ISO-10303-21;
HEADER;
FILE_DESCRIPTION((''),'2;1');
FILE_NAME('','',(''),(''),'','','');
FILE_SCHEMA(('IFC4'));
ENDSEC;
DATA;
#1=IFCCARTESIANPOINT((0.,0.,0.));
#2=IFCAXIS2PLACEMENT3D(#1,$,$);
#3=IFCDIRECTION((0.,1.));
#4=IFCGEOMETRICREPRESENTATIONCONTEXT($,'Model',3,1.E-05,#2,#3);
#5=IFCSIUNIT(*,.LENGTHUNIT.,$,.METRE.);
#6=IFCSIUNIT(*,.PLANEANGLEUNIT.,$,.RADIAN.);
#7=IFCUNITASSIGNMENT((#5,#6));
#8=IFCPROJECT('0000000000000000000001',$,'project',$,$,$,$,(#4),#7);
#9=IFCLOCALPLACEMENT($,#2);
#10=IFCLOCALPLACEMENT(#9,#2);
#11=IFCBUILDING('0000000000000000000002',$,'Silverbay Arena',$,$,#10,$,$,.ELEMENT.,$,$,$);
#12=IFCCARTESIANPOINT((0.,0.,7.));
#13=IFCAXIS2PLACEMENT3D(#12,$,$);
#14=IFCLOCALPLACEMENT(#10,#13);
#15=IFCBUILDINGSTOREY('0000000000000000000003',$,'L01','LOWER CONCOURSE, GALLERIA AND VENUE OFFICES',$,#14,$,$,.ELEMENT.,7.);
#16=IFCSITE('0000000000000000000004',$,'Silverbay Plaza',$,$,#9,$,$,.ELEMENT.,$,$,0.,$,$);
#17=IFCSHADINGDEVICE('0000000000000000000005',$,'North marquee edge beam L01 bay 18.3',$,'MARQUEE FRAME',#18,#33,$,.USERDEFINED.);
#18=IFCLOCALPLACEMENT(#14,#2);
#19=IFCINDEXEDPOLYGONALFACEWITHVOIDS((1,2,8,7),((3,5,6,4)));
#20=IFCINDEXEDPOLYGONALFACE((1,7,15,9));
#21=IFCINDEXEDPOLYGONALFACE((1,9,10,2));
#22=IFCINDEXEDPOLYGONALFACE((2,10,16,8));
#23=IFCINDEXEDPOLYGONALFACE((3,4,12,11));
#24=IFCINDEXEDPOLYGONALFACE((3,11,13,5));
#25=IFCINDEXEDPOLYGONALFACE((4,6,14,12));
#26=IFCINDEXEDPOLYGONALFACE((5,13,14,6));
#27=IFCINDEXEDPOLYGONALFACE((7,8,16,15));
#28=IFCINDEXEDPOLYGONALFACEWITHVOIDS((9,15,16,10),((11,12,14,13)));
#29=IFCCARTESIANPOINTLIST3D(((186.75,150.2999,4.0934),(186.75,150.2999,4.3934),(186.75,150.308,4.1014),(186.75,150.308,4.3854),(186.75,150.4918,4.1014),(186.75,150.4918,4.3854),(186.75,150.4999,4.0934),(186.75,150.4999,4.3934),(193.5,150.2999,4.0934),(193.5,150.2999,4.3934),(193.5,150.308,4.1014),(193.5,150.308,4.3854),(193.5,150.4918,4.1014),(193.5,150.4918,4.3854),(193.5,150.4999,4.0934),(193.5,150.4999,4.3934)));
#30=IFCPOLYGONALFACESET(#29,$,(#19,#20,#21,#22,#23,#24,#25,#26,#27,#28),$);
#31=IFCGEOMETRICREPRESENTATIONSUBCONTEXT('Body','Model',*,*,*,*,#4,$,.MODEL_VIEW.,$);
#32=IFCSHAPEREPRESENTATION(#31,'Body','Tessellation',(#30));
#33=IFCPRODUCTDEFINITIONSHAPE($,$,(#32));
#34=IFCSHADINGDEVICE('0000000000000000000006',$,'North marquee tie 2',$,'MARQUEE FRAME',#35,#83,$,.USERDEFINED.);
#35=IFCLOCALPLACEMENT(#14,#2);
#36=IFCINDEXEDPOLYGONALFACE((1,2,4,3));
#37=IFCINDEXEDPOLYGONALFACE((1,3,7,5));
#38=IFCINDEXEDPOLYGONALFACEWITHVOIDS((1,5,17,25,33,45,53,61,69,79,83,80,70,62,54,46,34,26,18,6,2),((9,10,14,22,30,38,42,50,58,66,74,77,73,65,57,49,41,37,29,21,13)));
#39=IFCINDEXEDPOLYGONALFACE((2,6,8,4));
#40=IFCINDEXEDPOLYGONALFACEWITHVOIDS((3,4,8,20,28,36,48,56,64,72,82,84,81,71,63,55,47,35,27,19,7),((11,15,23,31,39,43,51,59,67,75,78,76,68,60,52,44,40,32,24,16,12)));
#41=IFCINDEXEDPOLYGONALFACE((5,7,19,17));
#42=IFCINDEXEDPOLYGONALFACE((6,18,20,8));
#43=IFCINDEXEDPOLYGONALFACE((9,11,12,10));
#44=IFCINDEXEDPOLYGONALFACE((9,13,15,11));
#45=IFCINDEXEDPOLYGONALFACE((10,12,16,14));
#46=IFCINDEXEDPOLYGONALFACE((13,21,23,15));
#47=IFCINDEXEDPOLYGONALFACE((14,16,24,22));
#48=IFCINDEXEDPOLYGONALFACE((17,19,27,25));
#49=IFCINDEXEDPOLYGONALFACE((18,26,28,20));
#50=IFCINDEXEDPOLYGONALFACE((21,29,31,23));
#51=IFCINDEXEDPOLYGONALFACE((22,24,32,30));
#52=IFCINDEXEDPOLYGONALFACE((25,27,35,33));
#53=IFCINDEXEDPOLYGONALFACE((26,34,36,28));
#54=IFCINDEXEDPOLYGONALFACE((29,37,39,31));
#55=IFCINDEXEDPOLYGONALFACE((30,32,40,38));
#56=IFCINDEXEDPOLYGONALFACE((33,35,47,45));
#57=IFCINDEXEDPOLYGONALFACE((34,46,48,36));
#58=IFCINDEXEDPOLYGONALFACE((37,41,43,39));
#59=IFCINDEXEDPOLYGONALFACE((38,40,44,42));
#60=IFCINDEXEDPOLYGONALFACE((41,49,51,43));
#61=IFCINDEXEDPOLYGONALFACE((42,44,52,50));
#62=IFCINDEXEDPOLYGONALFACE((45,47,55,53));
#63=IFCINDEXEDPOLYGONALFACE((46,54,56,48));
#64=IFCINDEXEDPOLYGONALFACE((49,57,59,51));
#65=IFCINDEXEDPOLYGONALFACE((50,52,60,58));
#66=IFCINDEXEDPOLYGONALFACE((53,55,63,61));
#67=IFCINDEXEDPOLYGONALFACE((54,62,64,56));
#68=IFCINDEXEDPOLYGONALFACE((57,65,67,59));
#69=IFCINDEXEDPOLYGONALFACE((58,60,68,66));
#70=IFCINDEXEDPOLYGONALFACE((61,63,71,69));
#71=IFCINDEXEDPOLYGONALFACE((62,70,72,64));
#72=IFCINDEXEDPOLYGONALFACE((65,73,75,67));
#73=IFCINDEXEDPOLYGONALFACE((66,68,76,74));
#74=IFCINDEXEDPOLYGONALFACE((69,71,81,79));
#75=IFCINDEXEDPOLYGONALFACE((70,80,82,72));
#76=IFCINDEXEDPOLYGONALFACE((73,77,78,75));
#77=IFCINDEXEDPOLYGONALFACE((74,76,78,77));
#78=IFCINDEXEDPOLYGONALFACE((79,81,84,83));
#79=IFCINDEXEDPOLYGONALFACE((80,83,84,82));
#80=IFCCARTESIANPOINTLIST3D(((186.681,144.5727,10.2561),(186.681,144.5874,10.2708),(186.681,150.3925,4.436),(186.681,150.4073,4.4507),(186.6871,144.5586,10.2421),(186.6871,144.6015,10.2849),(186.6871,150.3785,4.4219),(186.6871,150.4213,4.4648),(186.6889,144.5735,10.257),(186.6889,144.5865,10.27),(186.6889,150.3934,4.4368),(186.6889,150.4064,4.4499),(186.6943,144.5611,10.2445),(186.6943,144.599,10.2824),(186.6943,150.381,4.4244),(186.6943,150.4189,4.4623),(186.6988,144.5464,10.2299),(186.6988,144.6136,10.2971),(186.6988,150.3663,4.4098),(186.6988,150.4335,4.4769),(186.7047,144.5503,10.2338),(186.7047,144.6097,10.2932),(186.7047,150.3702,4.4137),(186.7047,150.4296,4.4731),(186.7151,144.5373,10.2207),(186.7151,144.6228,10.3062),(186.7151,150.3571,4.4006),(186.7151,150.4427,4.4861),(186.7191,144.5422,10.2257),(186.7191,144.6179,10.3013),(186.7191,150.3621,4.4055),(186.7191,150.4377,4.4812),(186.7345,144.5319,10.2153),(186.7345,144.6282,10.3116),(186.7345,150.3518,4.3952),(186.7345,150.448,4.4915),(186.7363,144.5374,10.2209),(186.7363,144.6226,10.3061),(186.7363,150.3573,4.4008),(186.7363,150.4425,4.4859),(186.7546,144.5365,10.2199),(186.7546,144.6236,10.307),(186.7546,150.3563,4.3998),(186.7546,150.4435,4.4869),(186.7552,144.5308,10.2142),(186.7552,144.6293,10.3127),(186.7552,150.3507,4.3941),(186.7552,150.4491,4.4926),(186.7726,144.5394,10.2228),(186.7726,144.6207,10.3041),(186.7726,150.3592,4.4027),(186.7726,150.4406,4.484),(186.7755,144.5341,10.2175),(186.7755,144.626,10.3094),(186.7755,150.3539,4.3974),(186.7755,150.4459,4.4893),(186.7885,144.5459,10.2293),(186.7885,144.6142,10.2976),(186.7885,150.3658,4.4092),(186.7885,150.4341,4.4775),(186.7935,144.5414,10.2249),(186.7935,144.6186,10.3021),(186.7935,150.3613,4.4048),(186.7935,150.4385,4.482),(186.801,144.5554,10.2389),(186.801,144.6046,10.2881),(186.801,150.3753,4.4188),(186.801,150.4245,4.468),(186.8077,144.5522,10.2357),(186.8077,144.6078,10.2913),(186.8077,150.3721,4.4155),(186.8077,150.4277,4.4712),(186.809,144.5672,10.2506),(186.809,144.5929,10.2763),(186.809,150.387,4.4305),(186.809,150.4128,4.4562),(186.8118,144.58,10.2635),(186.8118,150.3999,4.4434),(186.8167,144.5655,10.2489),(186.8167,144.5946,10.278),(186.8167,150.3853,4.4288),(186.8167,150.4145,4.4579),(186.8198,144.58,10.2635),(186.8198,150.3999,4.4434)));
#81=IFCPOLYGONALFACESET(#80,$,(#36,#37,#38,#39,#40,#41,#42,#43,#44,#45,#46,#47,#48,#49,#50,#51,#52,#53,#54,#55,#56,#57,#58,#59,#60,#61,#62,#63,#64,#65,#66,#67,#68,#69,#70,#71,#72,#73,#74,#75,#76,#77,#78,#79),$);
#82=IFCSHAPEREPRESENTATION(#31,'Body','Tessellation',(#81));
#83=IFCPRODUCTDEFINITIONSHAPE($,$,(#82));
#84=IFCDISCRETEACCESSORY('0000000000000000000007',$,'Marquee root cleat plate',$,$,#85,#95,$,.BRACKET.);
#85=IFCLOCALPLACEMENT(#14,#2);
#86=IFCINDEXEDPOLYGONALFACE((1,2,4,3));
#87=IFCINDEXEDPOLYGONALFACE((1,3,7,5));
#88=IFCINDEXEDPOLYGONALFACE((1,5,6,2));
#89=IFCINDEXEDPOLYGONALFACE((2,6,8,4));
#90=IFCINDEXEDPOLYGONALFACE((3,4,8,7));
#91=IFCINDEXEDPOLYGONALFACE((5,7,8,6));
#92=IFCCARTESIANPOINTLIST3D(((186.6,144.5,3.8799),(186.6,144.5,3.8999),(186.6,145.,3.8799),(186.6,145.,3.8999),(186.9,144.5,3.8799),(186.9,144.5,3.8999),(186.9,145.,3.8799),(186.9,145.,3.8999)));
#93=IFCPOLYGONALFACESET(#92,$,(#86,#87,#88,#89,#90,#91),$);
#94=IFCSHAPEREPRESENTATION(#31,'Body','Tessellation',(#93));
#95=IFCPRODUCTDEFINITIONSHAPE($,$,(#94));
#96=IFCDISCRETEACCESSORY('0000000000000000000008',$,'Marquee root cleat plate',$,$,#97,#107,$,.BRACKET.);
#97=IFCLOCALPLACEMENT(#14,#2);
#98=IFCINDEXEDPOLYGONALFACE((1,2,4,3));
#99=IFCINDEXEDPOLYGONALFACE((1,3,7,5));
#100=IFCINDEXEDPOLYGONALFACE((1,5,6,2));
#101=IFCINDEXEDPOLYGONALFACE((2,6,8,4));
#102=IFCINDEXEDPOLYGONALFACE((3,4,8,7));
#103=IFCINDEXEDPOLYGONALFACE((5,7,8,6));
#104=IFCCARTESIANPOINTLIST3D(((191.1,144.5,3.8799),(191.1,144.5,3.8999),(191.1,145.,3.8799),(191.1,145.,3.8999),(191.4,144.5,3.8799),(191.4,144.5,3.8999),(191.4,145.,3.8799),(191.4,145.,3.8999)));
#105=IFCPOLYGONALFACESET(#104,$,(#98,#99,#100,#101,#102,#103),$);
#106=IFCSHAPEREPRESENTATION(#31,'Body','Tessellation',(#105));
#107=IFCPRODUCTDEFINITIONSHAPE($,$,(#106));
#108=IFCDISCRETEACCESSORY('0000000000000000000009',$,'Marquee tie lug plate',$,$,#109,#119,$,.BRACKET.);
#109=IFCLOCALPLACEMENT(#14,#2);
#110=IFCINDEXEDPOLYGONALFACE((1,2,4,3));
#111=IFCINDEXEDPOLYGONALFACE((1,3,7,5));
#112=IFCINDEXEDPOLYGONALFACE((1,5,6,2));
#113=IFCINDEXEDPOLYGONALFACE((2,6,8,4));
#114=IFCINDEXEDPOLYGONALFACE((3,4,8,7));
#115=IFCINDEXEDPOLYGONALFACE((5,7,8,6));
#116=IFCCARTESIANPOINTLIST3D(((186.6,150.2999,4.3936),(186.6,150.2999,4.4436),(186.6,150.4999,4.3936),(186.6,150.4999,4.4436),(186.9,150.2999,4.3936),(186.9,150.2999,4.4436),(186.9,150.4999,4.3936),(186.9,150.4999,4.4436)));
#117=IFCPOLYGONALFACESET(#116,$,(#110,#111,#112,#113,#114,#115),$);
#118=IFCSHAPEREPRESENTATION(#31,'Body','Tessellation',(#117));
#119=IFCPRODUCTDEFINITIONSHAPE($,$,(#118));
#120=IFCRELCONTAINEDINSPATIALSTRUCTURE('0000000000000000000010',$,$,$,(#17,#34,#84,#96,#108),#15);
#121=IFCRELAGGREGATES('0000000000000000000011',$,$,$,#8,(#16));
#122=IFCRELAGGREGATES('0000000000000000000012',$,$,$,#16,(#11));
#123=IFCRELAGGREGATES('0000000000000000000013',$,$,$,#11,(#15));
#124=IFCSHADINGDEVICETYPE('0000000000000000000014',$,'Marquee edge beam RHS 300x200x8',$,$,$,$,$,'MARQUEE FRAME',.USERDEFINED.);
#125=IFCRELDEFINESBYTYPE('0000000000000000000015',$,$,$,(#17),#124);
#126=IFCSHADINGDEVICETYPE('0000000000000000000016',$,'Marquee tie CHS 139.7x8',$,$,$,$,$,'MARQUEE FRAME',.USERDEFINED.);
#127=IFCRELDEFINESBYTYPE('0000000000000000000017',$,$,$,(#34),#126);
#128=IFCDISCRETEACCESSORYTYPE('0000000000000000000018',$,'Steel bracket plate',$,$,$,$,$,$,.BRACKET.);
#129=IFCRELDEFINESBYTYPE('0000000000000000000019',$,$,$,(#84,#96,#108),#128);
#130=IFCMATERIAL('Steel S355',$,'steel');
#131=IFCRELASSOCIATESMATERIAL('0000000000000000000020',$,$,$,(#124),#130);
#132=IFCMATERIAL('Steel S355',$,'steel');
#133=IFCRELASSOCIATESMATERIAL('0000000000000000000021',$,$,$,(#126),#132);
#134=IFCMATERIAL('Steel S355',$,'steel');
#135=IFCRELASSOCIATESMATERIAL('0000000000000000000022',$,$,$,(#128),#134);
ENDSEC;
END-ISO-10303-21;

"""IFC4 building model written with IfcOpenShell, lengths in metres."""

from ifc_helpers import new_model, si_unit, direction, frame, origin, origin_2d, place, context, subcontext, project, spatial, rectangle, hollow_rectangle, hollow_circle, extrude, material, material_profile, profile_set, type_object, element, save


model = new_model("IFC4")

# Units and contexts
model_context = context("Model", 3, precision=1e-05, world=origin(), true_north=direction((0.0, 1.0)))
body_context = subcontext(model_context, "Body", "Model", "MODEL_VIEW")
ifc_project = project(units=[si_unit("LENGTHUNIT", "METRE"), si_unit("PLANEANGLEUNIT", "RADIAN")], contexts=[model_context])

# Site, building, storey
site_placement = place(None, origin())
site = spatial("IfcSite", under=ifc_project, at=site_placement, Name="Silverbay Plaza", CompositionType="ELEMENT", RefElevation=0.0)
building_placement = place(site_placement, origin())
building = spatial("IfcBuilding", under=site, at=building_placement, Name="Silverbay Arena", CompositionType="ELEMENT")
storey_placement = place(building_placement, frame((0.0, 0.0, 7.0)))
storey = spatial("IfcBuildingStorey", under=building, at=storey_placement, Name="L01", Description="LOWER CONCOURSE, GALLERIA AND VENUE OFFICES", CompositionType="ELEMENT", Elevation=7.0)

# Shading devices
ifc_material_1 = material(Name="Steel S355", Category="steel")
ifc_material_profile_1 = material_profile(ifc_material_1, hollow_rectangle(XDim=0.2, YDim=0.3, WallThickness=0.0081, at=origin_2d()), Name="RHS 300x200x8")
ifc_profile_set_1 = profile_set([ifc_material_profile_1], Name="Steel S355")
shading_device_type_1 = type_object("IfcShadingDeviceType", Name="Marquee edge beam RHS 300x200x8", ElementType="MARQUEE FRAME", PredefinedType="USERDEFINED", material=ifc_profile_set_1)
shading_device_1_placement = place(storey_placement, frame((186.75, 150.3999, 4.2434), z_axis=(1.0, 0.0, 0.0), x_axis=(0.0, 1.0, 0.0)))
element("IfcShadingDevice", 1, at=shading_device_1_placement, inside=storey, type_object=shading_device_type_1, Name="North marquee edge beam L01 bay 18.3", ObjectType="MARQUEE FRAME", PredefinedType="USERDEFINED", context=body_context, shape_type="SweptSolid", body=[
    extrude(hollow_rectangle(XDim=0.2, YDim=0.3, WallThickness=0.0081, at=origin_2d()), origin(), (0.0, 0.0, 1.0), 6.75),
])
ifc_material_2 = material(Name="Steel S355", Category="steel")
ifc_material_profile_2 = material_profile(ifc_material_2, hollow_circle(Radius=0.0698, WallThickness=0.0081, at=origin_2d()), Name="CHS 139.7x8")
ifc_profile_set_2 = profile_set([ifc_material_profile_2], Name="Steel S355")
shading_device_type_2 = type_object("IfcShadingDeviceType", Name="Marquee tie CHS 139.7x8", ElementType="MARQUEE FRAME", PredefinedType="USERDEFINED", material=ifc_profile_set_2)
shading_device_2_placement = place(storey_placement, frame((186.75, 150.3999, 4.4434), z_axis=(0.0, -0.707092, 0.707122), x_axis=(1.0, 0.0, 0.0)))
element("IfcShadingDevice", 2, at=shading_device_2_placement, inside=storey, type_object=shading_device_type_2, Name="North marquee tie 2", ObjectType="MARQUEE FRAME", PredefinedType="USERDEFINED", context=body_context, shape_type="SweptSolid", body=[
    extrude(hollow_circle(Radius=0.0698, WallThickness=0.0081, at=origin_2d()), origin(), (0.0, 0.0, 1.0), 8.2307),
])

# Discrete accessories
ifc_material_3 = material(Name="Steel S355", Category="steel")
discrete_accessory_type = type_object("IfcDiscreteAccessoryType", Name="Steel bracket plate", PredefinedType="BRACKET", material=ifc_material_3)
for number, where, z_axis, x_axis, name in (
    (3, (186.75, 144.75, 3.8799), (0.0, 0.0, 1.0), (1.0, 0.0, 0.0), "Marquee root cleat plate"),
    (4, (191.25, 144.75, 3.8799), (0.0, 0.0, 1.0), (1.0, 0.0, 0.0), "Marquee root cleat plate"),
):
    element("IfcDiscreteAccessory", number, at=place(storey_placement, frame(where, z_axis=z_axis, x_axis=x_axis)), inside=storey, type_object=discrete_accessory_type, Name=name, PredefinedType="BRACKET", context=body_context, shape_type="SweptSolid", body=[
        extrude(rectangle(XDim=0.3, YDim=0.5, at=origin_2d()), origin(), (0.0, 0.0, 1.0), 0.02),
    ])
discrete_accessory_placement = place(storey_placement, frame((186.75, 150.3999, 4.3936), z_axis=(0.0, 0.0, 1.0), x_axis=(1.0, 0.0, 0.0)))
element("IfcDiscreteAccessory", 5, at=discrete_accessory_placement, inside=storey, type_object=discrete_accessory_type, Name="Marquee tie lug plate", PredefinedType="BRACKET", context=body_context, shape_type="SweptSolid", body=[
    extrude(rectangle(XDim=0.3, YDim=0.2, at=origin_2d()), origin(), (0.0, 0.0, 1.0), 0.05),
])

save(model, "model.ifc")
